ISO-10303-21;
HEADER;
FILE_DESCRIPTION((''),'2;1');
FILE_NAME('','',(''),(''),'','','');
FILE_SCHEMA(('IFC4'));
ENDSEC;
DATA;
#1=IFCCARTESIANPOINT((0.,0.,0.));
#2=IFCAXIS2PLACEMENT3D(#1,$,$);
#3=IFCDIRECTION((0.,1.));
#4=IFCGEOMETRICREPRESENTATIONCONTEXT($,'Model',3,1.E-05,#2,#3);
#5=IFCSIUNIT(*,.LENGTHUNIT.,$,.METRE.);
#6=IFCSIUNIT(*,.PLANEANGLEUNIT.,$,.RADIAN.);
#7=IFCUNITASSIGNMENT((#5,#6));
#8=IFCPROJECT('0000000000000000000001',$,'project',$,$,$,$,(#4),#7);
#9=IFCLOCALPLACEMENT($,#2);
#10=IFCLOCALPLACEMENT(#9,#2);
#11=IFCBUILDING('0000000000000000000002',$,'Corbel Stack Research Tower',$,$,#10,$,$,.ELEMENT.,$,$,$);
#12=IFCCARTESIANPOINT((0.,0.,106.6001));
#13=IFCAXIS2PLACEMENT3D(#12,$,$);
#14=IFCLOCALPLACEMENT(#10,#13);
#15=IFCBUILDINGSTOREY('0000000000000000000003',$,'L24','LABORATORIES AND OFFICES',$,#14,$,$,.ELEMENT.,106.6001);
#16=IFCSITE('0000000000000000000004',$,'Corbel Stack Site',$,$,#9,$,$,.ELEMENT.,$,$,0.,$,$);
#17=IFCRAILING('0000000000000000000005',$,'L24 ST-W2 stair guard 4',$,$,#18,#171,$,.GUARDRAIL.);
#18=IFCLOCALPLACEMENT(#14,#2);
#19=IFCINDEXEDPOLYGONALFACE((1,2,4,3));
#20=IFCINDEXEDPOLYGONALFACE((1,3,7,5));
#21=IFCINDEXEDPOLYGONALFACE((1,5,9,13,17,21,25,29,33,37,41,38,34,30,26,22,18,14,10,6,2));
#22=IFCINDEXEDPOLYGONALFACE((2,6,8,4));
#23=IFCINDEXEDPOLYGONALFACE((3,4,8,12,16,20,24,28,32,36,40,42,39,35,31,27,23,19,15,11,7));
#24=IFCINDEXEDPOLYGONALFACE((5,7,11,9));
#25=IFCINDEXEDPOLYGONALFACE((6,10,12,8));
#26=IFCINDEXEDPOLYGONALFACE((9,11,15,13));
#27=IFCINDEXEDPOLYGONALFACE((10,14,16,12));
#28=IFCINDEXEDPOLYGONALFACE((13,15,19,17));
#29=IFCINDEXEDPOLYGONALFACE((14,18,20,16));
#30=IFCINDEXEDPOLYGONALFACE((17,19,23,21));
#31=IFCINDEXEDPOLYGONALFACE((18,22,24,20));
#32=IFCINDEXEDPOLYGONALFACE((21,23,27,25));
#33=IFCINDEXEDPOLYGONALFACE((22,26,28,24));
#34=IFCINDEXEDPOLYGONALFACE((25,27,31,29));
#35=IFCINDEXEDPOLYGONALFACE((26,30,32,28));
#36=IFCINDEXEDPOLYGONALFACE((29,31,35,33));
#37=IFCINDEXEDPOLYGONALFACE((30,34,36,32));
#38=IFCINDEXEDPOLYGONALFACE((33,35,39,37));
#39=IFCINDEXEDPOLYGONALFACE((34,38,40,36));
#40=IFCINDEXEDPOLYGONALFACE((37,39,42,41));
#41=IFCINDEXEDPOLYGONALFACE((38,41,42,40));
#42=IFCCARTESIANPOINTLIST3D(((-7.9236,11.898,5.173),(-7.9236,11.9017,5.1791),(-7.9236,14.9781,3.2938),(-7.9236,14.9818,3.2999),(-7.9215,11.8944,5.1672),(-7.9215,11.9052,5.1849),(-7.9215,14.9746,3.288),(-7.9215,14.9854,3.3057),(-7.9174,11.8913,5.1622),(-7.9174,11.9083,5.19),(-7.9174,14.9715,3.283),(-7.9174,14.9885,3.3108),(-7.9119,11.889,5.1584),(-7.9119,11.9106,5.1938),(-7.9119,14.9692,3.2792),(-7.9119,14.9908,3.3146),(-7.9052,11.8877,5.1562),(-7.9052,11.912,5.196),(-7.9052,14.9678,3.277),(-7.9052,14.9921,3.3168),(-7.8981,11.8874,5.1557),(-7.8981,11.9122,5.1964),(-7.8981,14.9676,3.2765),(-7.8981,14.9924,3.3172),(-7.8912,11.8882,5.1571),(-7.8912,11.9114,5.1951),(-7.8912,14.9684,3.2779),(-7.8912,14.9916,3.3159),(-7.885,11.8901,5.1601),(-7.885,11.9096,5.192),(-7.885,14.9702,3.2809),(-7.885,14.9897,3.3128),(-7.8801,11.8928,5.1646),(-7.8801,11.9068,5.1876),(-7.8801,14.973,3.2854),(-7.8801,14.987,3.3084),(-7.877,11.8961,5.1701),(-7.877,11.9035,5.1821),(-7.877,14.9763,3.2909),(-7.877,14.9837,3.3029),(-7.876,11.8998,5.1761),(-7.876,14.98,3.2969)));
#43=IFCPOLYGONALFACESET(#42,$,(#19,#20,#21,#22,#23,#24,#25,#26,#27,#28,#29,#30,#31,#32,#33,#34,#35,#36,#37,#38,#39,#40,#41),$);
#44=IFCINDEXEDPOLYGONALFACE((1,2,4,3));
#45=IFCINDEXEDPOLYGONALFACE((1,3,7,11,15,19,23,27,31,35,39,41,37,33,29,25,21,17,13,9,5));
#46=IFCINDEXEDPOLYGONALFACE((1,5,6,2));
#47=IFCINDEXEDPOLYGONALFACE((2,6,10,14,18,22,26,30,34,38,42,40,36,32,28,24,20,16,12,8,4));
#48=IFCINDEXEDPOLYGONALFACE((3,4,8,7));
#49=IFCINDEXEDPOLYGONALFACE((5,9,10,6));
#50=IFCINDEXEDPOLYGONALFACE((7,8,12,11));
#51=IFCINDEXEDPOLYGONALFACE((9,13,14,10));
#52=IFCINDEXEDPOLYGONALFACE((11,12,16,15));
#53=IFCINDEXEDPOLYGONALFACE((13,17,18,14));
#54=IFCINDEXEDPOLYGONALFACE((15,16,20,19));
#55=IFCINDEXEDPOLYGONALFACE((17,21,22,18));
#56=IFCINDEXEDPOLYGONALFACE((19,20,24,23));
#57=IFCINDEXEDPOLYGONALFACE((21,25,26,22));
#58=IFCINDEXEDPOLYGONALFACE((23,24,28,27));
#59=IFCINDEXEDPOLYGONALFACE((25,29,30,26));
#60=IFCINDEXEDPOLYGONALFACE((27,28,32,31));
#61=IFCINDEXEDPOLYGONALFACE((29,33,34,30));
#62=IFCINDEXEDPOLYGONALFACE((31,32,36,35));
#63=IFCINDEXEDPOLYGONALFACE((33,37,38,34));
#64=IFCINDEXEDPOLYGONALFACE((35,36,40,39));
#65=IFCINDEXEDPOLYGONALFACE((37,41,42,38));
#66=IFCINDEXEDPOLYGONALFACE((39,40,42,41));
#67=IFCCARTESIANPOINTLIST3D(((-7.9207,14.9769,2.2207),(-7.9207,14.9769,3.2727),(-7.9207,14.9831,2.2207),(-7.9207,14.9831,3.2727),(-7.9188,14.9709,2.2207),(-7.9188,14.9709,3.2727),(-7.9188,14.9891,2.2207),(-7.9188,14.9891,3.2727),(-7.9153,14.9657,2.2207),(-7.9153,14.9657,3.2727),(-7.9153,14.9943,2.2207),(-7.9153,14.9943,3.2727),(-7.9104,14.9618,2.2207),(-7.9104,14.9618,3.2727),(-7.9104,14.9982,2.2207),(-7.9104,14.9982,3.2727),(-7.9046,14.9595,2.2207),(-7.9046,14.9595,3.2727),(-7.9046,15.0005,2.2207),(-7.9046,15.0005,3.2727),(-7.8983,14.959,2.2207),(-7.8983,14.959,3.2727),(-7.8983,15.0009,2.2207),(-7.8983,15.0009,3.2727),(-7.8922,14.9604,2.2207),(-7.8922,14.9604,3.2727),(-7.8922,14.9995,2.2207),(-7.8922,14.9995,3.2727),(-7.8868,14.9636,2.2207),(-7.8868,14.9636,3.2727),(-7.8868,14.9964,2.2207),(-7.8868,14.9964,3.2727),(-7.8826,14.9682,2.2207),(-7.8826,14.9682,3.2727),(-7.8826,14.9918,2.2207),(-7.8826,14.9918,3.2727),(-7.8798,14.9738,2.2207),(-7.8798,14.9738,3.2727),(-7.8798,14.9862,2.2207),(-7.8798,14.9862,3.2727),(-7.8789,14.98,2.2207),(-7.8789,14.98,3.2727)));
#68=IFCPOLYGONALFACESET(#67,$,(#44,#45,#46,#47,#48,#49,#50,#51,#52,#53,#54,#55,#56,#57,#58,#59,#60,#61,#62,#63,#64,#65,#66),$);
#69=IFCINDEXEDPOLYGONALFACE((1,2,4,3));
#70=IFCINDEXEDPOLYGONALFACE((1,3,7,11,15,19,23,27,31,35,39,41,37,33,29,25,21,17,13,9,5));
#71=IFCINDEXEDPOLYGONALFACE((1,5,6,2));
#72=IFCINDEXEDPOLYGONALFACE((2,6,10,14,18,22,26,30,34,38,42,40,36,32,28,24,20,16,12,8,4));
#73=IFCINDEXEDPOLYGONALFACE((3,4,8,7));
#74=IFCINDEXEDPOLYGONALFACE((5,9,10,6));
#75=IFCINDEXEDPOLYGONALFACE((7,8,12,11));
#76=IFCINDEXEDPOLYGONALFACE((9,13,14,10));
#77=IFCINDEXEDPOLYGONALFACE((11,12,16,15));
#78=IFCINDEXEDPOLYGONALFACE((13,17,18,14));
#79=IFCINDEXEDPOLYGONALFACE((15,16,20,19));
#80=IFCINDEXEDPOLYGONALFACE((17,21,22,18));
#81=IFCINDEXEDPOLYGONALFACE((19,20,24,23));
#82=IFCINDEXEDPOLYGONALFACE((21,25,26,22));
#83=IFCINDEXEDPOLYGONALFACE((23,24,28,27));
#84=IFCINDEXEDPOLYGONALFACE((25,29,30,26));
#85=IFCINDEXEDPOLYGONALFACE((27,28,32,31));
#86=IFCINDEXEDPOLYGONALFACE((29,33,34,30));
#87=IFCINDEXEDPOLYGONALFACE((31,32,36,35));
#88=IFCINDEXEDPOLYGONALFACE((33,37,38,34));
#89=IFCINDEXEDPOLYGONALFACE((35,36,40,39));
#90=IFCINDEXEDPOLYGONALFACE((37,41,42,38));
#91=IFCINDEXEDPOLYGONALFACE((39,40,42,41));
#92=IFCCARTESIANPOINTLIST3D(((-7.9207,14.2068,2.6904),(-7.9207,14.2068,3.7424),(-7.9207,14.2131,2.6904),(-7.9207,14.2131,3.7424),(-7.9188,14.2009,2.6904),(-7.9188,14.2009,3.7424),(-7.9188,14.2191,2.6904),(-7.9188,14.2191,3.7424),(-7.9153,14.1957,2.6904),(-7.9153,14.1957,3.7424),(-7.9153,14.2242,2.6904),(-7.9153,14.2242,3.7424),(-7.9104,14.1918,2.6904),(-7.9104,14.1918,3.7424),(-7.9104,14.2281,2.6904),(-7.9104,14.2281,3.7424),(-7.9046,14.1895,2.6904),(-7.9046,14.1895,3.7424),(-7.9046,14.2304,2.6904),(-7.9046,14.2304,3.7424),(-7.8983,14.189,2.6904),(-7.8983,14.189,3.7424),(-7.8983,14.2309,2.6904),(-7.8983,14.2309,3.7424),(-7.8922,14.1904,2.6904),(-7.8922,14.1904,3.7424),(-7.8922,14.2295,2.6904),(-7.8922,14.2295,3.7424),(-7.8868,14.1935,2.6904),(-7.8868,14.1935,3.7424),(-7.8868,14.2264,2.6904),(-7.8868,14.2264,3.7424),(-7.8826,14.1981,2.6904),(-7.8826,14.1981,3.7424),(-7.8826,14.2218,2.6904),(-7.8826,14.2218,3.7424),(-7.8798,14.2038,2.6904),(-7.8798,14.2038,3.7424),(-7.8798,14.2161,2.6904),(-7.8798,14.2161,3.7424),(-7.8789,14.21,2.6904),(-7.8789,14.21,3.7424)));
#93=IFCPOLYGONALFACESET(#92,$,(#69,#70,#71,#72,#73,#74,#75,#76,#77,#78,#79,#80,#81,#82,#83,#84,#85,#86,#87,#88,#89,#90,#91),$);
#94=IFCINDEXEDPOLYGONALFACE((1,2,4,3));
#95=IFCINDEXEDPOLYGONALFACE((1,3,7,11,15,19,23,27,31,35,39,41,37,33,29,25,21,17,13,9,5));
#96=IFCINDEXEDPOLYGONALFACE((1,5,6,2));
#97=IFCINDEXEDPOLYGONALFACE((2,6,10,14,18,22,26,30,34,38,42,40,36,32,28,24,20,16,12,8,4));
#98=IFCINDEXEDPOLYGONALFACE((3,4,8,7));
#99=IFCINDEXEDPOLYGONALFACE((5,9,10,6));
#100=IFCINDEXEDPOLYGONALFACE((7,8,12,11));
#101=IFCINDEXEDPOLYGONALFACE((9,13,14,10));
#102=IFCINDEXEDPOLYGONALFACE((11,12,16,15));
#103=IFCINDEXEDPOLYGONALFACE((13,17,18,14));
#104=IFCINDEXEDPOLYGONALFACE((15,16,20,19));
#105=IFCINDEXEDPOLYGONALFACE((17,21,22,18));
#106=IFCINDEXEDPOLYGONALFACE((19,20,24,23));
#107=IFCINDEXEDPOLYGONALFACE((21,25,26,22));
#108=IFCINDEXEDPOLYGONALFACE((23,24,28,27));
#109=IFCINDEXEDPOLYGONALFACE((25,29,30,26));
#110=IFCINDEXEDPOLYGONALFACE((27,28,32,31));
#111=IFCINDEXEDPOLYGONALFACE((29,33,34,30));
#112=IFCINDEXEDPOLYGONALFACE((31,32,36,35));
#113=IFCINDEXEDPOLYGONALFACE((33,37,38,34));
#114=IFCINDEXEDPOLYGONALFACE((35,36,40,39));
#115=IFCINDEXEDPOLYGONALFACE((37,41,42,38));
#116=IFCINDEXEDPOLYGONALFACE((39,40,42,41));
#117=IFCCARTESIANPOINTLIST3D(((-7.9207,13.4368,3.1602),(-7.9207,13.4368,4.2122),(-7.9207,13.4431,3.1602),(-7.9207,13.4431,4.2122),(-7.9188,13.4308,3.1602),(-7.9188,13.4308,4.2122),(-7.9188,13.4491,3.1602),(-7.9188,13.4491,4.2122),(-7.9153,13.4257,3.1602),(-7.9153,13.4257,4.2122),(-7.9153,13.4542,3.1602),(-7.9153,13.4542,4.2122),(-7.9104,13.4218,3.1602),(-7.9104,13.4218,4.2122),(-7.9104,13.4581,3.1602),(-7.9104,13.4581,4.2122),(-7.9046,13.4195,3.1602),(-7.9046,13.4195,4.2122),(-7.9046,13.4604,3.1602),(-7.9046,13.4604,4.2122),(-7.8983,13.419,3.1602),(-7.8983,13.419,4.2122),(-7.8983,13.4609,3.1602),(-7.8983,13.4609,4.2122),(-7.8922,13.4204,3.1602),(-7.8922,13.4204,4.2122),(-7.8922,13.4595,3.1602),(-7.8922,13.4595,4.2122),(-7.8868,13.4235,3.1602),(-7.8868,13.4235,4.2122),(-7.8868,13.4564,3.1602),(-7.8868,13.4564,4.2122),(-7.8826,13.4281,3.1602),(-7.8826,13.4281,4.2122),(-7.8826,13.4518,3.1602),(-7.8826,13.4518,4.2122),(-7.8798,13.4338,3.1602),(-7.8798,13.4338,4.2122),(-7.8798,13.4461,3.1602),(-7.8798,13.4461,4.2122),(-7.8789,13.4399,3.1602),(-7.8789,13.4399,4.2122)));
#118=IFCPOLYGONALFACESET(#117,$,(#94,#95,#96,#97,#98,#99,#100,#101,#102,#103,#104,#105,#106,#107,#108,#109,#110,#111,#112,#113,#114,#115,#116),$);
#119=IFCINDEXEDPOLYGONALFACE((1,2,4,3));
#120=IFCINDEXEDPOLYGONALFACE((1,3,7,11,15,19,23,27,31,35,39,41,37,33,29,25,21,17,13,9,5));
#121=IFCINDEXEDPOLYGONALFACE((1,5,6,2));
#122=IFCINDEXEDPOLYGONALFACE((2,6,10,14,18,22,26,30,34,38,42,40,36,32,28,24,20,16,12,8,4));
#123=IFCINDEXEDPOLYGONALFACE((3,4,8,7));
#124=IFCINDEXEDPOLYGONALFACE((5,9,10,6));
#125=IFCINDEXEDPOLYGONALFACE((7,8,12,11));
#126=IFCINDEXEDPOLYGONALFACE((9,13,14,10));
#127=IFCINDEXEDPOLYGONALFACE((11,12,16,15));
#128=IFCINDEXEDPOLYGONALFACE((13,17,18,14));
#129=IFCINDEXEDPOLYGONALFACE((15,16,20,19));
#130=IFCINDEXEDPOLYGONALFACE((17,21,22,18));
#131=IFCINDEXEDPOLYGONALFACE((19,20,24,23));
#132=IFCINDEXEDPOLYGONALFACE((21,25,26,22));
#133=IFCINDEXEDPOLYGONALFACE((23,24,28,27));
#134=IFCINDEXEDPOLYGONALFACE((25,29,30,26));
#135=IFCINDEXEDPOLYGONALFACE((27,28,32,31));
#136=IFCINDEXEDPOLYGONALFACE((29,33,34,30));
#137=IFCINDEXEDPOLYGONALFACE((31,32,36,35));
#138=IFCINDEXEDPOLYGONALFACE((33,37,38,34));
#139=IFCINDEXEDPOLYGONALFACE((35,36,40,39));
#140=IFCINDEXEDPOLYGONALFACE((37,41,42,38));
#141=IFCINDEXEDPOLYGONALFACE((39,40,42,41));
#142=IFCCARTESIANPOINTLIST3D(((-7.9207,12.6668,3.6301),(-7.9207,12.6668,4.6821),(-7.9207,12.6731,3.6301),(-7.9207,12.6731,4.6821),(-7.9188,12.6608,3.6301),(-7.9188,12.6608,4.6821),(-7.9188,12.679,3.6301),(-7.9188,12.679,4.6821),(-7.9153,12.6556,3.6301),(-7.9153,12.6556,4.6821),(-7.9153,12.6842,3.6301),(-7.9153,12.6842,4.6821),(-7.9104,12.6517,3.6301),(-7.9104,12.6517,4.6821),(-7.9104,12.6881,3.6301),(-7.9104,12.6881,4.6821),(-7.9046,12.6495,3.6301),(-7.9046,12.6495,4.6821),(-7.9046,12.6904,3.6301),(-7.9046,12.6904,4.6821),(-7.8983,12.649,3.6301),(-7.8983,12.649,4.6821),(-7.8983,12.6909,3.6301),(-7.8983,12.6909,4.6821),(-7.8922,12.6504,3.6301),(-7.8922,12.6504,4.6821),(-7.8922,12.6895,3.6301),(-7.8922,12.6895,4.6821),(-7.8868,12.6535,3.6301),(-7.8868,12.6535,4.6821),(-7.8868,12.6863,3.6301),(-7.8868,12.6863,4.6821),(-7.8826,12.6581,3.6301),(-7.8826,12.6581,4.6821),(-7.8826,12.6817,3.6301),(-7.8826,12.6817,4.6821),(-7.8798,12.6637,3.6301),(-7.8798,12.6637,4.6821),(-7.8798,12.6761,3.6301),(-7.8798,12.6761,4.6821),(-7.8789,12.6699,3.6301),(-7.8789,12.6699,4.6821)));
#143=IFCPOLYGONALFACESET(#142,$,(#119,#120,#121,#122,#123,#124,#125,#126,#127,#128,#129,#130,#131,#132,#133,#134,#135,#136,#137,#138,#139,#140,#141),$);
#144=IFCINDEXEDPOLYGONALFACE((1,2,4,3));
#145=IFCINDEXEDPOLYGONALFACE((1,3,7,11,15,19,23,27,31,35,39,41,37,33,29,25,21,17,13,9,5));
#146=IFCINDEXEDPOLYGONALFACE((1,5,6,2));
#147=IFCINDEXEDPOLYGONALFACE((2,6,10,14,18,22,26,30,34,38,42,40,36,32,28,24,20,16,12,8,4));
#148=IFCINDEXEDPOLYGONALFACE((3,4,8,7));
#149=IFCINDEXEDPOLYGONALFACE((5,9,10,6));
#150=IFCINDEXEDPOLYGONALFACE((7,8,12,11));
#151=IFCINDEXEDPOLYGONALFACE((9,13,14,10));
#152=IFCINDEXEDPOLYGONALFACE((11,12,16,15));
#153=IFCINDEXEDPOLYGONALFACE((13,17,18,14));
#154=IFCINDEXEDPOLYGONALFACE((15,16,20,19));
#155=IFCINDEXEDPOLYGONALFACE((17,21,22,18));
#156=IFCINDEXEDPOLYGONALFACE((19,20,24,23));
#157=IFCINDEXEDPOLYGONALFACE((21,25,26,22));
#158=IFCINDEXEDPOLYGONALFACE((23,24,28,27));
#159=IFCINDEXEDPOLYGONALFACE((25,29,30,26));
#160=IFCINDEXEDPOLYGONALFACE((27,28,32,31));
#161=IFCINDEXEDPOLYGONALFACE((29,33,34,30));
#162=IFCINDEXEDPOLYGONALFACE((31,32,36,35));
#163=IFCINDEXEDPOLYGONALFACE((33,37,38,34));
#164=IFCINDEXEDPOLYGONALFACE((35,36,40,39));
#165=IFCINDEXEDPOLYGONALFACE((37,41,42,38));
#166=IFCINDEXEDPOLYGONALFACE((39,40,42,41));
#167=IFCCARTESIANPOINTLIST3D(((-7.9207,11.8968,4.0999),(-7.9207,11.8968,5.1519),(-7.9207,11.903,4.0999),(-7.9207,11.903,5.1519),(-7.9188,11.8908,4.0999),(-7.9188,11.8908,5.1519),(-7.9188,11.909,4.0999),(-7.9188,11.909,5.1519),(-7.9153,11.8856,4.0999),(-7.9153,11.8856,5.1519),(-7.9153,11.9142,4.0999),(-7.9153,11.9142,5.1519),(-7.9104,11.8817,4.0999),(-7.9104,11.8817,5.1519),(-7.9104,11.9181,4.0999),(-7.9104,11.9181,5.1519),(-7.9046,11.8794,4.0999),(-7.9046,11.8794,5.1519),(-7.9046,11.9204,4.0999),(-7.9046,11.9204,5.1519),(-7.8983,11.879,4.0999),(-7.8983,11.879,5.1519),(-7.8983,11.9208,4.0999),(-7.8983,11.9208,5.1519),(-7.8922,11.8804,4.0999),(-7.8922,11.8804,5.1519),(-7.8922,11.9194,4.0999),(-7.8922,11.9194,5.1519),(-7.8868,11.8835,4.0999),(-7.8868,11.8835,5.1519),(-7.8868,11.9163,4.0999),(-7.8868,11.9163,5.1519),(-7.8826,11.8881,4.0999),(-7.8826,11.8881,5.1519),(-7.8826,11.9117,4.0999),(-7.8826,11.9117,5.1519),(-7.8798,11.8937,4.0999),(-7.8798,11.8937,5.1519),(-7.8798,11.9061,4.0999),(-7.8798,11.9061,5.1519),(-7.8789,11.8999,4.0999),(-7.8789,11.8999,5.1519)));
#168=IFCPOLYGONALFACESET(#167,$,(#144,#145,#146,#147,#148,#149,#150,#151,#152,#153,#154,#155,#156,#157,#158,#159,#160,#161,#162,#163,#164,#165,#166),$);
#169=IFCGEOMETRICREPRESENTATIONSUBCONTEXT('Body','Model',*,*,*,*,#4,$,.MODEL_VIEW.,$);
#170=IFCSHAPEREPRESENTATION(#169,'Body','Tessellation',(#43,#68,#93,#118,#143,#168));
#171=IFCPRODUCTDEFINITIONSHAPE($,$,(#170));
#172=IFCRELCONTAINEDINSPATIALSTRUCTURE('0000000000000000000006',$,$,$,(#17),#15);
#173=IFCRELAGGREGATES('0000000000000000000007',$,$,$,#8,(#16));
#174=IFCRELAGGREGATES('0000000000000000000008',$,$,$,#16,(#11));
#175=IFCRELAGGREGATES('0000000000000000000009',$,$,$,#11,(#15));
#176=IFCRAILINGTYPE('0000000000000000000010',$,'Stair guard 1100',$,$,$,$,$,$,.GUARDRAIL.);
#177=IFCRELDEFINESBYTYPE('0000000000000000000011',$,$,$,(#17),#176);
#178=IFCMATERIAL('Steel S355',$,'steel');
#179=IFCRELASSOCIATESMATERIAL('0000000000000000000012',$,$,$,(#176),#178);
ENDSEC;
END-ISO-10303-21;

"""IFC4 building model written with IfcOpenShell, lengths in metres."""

from ifc_helpers import new_model, si_unit, direction, frame, origin, origin_2d, place, context, subcontext, project, spatial, circle, extrude, material, type_object, element, save


model = new_model("IFC4")

# Units and contexts
model_context = context("Model", 3, precision=1e-05, world=origin(), true_north=direction((0.0, 1.0)))
body_context = subcontext(model_context, "Body", "Model", "MODEL_VIEW")
ifc_project = project(units=[si_unit("LENGTHUNIT", "METRE"), si_unit("PLANEANGLEUNIT", "RADIAN")], contexts=[model_context])

# Site, building, storey
site_placement = place(None, origin())
site = spatial("IfcSite", under=ifc_project, at=site_placement, Name="Corbel Stack Site", CompositionType="ELEMENT", RefElevation=0.0)
building_placement = place(site_placement, origin())
building = spatial("IfcBuilding", under=site, at=building_placement, Name="Corbel Stack Research Tower", CompositionType="ELEMENT")
storey_placement = place(building_placement, frame((0.0, 0.0, 106.6001)))
storey = spatial("IfcBuildingStorey", under=building, at=storey_placement, Name="L24", Description="LABORATORIES AND OFFICES", CompositionType="ELEMENT", Elevation=106.6001)

# Railing
ifc_material_1 = material(Name="Steel S355", Category="steel")
railing_type_1 = type_object("IfcRailingType", Name="Stair guard 1100", PredefinedType="GUARDRAIL", material=ifc_material_1)
railing_1_placement = place(storey_placement, frame((-7.8999, 14.98, 2.2207)))
element("IfcRailing", 1, at=railing_1_placement, inside=storey, type_object=railing_type_1, Name="L24 ST-W2 stair guard 4", PredefinedType="GUARDRAIL", context=body_context, shape_type="SweptSolid", body=[
    extrude(circle(Radius=0.0239, at=origin_2d()), frame((0.0, 0.0, 1.0762), z_axis=(0.0, -0.853666, 0.52082), x_axis=(1.0, 0.0, 0.0)), (0.0, 0.0, 1.0), 3.6082),
    extrude(circle(Radius=0.021, at=origin_2d()), origin(), (0.0, 0.0, 1.0), 1.052),
    extrude(circle(Radius=0.021, at=origin_2d()), frame((0.0, -0.77, 0.4697)), (0.0, 0.0, 1.0), 1.052),
    extrude(circle(Radius=0.021, at=origin_2d()), frame((0.0, -1.54, 0.9395)), (0.0, 0.0, 1.0), 1.052),
    extrude(circle(Radius=0.021, at=origin_2d()), frame((0.0, -2.3101, 1.4094)), (0.0, 0.0, 1.0), 1.052),
    extrude(circle(Radius=0.021, at=origin_2d()), frame((0.0, -3.0801, 1.8792)), (0.0, 0.0, 1.0), 1.052),
])

save(model, "model.ifc")
